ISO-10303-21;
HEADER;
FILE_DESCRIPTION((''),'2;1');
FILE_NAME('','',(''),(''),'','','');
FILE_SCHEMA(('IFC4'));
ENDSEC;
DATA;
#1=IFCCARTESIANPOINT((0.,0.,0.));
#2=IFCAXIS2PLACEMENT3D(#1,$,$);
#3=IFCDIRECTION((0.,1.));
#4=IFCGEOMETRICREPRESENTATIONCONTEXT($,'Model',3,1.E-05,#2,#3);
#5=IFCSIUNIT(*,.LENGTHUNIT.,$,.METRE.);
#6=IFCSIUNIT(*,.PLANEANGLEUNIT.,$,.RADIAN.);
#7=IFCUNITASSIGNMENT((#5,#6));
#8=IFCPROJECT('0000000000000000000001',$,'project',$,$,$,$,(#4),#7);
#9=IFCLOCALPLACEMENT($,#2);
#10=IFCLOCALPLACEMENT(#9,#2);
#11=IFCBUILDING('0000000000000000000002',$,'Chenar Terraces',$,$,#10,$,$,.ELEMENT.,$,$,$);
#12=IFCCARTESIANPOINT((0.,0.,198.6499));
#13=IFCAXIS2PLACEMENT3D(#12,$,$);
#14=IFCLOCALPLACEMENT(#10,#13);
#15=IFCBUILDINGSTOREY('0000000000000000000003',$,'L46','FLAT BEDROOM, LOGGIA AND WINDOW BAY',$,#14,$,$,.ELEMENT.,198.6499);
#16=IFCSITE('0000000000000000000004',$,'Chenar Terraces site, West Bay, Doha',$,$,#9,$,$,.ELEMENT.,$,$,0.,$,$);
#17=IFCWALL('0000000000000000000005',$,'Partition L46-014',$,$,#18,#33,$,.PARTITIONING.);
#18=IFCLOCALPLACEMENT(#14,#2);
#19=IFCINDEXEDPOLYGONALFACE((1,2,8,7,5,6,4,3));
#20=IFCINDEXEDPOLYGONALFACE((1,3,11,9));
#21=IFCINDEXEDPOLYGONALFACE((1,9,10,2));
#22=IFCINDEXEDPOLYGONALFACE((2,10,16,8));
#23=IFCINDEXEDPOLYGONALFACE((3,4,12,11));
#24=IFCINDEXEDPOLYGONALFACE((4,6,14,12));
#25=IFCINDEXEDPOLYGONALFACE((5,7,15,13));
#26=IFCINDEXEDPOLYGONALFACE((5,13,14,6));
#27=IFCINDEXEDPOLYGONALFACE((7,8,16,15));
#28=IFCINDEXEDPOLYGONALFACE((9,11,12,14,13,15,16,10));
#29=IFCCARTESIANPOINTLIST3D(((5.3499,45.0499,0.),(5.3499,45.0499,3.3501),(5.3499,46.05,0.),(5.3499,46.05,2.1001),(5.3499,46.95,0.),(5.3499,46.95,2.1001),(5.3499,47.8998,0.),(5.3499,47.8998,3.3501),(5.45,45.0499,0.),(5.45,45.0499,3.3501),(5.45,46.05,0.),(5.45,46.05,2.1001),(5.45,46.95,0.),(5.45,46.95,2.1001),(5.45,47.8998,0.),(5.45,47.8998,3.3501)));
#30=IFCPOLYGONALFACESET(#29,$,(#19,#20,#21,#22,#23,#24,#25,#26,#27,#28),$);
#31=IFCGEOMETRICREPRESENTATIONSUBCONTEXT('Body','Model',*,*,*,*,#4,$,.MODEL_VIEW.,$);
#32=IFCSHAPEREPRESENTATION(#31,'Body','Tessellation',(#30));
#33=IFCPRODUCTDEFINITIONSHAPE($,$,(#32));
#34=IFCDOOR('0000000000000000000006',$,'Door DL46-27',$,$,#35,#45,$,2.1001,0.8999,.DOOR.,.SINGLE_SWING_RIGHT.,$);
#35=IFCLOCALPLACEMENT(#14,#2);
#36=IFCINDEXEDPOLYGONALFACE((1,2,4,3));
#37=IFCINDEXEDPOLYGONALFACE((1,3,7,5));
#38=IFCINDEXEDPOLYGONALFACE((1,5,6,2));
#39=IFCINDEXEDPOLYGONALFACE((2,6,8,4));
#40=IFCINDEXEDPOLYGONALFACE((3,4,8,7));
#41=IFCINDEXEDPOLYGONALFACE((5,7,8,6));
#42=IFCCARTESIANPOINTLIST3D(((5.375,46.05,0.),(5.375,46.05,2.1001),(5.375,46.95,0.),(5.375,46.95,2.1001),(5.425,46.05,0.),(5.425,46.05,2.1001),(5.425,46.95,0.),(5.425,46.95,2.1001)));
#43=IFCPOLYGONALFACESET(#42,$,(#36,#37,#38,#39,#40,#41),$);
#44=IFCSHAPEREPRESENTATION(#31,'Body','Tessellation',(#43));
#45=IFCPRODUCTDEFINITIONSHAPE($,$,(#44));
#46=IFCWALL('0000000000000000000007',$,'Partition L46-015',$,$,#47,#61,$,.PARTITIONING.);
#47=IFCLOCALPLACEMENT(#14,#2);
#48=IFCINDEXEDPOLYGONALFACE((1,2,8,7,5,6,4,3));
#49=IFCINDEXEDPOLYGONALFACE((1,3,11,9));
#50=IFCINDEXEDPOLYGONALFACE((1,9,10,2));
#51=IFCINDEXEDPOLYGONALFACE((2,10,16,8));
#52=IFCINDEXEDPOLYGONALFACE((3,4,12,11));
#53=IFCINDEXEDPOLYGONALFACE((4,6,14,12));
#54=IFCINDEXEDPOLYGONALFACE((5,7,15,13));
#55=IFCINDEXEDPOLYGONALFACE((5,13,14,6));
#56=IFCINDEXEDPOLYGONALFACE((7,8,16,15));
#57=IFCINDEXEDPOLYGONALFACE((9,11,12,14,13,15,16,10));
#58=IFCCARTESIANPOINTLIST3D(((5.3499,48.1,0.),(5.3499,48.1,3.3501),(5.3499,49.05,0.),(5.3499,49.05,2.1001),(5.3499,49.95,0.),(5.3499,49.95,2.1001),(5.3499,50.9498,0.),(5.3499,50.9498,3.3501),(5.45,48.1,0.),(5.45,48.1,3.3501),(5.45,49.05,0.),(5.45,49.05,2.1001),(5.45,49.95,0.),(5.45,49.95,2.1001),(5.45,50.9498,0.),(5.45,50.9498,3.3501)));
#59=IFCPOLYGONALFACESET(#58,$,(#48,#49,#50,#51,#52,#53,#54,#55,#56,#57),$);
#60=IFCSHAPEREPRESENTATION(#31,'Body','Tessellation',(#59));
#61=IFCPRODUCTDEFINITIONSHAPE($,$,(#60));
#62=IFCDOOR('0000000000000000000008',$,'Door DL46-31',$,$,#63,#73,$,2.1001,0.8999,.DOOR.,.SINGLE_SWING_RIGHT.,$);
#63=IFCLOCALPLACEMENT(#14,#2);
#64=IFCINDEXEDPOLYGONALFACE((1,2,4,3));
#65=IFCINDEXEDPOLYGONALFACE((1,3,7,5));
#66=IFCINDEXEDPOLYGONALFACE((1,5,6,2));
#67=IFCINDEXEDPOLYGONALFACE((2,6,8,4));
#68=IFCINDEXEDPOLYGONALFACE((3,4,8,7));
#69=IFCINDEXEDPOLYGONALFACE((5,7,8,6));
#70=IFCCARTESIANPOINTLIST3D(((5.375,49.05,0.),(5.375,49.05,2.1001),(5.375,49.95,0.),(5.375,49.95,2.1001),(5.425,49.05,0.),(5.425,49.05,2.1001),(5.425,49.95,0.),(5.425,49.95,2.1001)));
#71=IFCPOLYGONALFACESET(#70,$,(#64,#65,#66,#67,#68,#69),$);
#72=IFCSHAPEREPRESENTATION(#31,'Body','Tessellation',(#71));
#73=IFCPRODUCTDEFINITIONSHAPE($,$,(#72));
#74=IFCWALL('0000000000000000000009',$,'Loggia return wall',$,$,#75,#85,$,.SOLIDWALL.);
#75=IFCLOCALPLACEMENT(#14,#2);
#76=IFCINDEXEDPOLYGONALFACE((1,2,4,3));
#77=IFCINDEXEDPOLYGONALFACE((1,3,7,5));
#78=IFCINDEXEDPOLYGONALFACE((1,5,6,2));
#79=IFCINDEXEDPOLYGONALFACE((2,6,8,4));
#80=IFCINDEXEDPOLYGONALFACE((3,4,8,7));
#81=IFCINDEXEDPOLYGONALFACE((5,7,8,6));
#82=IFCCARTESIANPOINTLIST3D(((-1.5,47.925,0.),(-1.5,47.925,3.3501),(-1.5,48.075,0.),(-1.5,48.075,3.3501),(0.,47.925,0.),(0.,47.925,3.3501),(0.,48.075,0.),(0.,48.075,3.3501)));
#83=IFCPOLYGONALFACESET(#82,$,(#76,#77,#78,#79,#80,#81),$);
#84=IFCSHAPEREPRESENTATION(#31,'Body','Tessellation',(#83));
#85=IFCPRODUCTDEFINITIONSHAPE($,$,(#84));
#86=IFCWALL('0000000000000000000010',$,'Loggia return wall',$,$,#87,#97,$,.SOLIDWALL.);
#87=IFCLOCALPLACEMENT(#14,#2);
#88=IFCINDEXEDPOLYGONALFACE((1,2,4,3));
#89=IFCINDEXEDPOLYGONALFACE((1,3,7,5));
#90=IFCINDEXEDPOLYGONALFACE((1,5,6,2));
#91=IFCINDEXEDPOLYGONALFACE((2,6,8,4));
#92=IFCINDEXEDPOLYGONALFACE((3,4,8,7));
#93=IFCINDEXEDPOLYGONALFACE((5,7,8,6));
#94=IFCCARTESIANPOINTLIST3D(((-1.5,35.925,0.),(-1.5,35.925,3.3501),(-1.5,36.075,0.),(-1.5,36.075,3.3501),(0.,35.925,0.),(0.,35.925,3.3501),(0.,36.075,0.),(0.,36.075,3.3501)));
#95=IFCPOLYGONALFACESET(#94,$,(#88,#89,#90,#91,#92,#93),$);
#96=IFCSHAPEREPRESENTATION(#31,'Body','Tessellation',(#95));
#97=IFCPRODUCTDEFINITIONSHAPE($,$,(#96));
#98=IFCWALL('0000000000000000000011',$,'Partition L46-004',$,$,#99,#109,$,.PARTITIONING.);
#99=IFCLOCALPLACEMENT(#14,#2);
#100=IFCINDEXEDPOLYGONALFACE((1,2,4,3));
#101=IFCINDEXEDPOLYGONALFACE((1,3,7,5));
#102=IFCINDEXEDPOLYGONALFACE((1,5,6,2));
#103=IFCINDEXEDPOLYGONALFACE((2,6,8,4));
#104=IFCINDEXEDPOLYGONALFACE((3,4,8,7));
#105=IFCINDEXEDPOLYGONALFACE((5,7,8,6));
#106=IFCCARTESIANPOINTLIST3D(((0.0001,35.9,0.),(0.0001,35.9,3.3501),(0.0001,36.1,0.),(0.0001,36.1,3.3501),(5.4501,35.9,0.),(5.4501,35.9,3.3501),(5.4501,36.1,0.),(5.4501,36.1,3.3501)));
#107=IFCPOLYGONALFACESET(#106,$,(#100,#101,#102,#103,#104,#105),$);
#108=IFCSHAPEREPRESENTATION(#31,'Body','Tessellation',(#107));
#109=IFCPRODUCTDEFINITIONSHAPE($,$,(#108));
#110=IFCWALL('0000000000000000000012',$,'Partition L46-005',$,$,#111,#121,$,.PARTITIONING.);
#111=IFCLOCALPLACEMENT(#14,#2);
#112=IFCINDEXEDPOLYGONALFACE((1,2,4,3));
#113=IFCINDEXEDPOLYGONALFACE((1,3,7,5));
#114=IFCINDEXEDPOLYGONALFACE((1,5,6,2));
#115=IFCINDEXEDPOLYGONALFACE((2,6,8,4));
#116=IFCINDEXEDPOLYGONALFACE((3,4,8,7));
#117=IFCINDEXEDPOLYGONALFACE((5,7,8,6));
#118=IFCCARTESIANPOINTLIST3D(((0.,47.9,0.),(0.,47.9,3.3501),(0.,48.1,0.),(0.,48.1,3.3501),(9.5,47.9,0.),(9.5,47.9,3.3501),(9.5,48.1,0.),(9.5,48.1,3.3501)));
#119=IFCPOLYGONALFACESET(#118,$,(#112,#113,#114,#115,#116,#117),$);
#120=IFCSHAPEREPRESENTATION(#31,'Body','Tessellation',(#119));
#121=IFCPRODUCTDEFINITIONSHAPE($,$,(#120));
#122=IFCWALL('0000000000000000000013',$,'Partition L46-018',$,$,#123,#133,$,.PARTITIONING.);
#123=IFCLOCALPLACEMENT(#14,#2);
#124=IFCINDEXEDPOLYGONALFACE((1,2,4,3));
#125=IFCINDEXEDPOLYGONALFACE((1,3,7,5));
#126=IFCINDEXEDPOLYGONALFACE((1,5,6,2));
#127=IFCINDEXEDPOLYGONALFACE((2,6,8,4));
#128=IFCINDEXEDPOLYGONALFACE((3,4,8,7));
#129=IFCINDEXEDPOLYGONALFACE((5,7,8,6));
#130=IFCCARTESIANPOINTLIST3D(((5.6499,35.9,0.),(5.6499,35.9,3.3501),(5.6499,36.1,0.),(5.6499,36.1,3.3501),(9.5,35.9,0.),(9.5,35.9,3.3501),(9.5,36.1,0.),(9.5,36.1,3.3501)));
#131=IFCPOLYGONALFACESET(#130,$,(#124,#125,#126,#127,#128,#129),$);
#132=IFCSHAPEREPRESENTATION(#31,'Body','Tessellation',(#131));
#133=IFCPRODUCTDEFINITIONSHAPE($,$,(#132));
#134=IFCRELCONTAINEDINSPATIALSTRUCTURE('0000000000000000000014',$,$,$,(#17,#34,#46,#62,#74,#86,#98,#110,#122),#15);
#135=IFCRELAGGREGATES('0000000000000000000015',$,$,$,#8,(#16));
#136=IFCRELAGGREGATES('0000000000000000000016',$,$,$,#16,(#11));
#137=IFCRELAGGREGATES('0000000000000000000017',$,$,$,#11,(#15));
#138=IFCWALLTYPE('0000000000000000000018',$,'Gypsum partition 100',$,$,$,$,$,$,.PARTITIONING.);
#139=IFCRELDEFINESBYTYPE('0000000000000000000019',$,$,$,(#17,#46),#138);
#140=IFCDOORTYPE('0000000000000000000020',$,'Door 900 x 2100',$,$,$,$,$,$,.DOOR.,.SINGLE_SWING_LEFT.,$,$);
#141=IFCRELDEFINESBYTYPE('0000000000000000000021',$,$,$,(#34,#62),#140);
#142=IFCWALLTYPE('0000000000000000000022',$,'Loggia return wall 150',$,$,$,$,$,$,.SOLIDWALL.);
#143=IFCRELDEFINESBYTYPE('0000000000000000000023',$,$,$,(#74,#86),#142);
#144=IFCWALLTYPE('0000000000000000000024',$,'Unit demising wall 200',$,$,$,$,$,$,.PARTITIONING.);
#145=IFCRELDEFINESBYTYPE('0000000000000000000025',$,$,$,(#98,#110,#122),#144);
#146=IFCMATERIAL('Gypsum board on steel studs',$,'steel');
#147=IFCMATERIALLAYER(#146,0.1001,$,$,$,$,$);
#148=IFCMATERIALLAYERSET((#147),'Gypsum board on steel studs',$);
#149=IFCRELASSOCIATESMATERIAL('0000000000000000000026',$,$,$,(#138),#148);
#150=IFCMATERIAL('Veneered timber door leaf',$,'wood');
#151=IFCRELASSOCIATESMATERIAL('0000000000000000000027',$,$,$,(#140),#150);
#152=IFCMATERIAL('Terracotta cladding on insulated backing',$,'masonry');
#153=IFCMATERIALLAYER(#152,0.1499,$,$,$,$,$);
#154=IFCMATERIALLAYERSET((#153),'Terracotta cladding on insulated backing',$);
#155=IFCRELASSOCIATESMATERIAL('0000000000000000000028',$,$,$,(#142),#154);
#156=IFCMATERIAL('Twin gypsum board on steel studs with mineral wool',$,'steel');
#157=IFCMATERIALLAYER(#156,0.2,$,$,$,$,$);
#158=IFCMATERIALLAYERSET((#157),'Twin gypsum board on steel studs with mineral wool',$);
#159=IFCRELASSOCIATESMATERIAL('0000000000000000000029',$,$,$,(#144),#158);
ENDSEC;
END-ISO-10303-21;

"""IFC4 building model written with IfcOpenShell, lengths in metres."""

from ifc_helpers import new_model, si_unit, direction, frame, frame_2d, origin, place, context, subcontext, project, spatial, rectangle, extrude, material, layer, layer_set, type_object, element, fill, save


model = new_model("IFC4")

# Units and contexts
model_context = context("Model", 3, precision=1e-05, world=origin(), true_north=direction((0.0, 1.0)))
body_context = subcontext(model_context, "Body", "Model", "MODEL_VIEW")
ifc_project = project(units=[si_unit("LENGTHUNIT", "METRE"), si_unit("PLANEANGLEUNIT", "RADIAN")], contexts=[model_context])

# Site, building, storey
site_placement = place(None, origin())
site = spatial("IfcSite", under=ifc_project, at=site_placement, Name="Chenar Terraces site, West Bay, Doha", CompositionType="ELEMENT", RefElevation=0.0)
building_placement = place(site_placement, origin())
building = spatial("IfcBuilding", under=site, at=building_placement, Name="Chenar Terraces", CompositionType="ELEMENT")
storey_placement = place(building_placement, frame((0.0, 0.0, 198.6499)))
storey = spatial("IfcBuildingStorey", under=building, at=storey_placement, Name="L46", Description="FLAT BEDROOM, LOGGIA AND WINDOW BAY", CompositionType="ELEMENT", Elevation=198.6499)

# Shared definitions
placement = place(storey_placement, frame((0.0, 36.0, 0.0), z_axis=(0.0, 0.0, 1.0), x_axis=(1.0, 0.0, 0.0)))

# Shared definitions
ifc_material_1 = material(Name="Gypsum board on steel studs", Category="steel")
ifc_layer_1 = layer(ifc_material_1, 0.1001)
ifc_layer_set_1 = layer_set([ifc_layer_1], Name="Gypsum board on steel studs")
wall_type_1 = type_object("IfcWallType", Name="Gypsum partition 100", PredefinedType="PARTITIONING", material=ifc_layer_set_1)

# Walls, openings, doors
ifc_material_2 = material(Name="Veneered timber door leaf", Category="wood")
door_type_1 = type_object("IfcDoorType", Name="Door 900 x 2100", OperationType="SINGLE_SWING_LEFT", PredefinedType="DOOR", material=ifc_material_2)
wall_1_placement = place(storey_placement, frame((5.3999, 45.05, 0.0), z_axis=(0.0, 0.0, 1.0), x_axis=(0.0, 1.0, 0.0)))
wall_1 = element("IfcWall", 1, at=wall_1_placement, inside=storey, type_object=wall_type_1, Name="Partition L46-014", PredefinedType="PARTITIONING", context=body_context, shape_type="SweptSolid", body=[
    extrude(rectangle(XDim=2.8499, YDim=0.1001, at=frame_2d((1.4248, 0.0))), origin(), (0.0, 0.0, 1.0), 3.3501),
])
opening_1_placement = place(wall_1_placement, frame((1.0, 0.0, 0.0)))
opening_1 = element("IfcOpeningElement", 2, at=opening_1_placement, cuts=wall_1, PredefinedType="OPENING", context=body_context, shape_type="SweptSolid", body=[
    extrude(rectangle(XDim=0.8999, YDim=2.1001, at=frame_2d((0.45, 1.05))), frame((0.0, 0.0601, 0.0), z_axis=(0.0, -1.0, 0.0), x_axis=(1.0, 0.0, 0.0)), (0.0, 0.0, 1.0), 0.1201),
])
door_1_placement = place(opening_1_placement, origin())
door_1 = element("IfcDoor", 3, at=door_1_placement, inside=storey, type_object=door_type_1, Name="Door DL46-27", OperationType="SINGLE_SWING_RIGHT", OverallHeight=2.1001, OverallWidth=0.8999, PredefinedType="DOOR", context=body_context, shape_type="SweptSolid", body=[
    extrude(rectangle(XDim=0.8999, YDim=2.1001, at=frame_2d((0.45, 1.05))), frame((0.0, 0.0249, 0.0), z_axis=(0.0, -1.0, 0.0), x_axis=(1.0, 0.0, 0.0)), (0.0, 0.0, 1.0), 0.05),
])
fill(opening_1, door_1)
wall_2_placement = place(storey_placement, frame((5.3999, 48.1001, 0.0), z_axis=(0.0, 0.0, 1.0), x_axis=(0.0, 1.0, 0.0)))
wall_2 = element("IfcWall", 4, at=wall_2_placement, inside=storey, type_object=wall_type_1, Name="Partition L46-015", PredefinedType="PARTITIONING", context=body_context, shape_type="SweptSolid", body=[
    extrude(rectangle(XDim=2.8499, YDim=0.1001, at=frame_2d((1.4248, 0.0))), origin(), (0.0, 0.0, 1.0), 3.3501),
])
opening_2_placement = place(wall_2_placement, frame((0.95, 0.0, 0.0)))
opening_2 = element("IfcOpeningElement", 5, at=opening_2_placement, cuts=wall_2, PredefinedType="OPENING", context=body_context, shape_type="SweptSolid", body=[
    extrude(rectangle(XDim=0.8999, YDim=2.1001, at=frame_2d((0.45, 1.05))), frame((0.0, 0.0601, 0.0), z_axis=(0.0, -1.0, 0.0), x_axis=(1.0, 0.0, 0.0)), (0.0, 0.0, 1.0), 0.1201),
])
door_2_placement = place(opening_2_placement, origin())
door_2 = element("IfcDoor", 6, at=door_2_placement, inside=storey, type_object=door_type_1, Name="Door DL46-31", OperationType="SINGLE_SWING_RIGHT", OverallHeight=2.1001, OverallWidth=0.8999, PredefinedType="DOOR", context=body_context, shape_type="SweptSolid", body=[
    extrude(rectangle(XDim=0.8999, YDim=2.1001, at=frame_2d((0.45, 1.05))), frame((0.0, 0.0249, 0.0), z_axis=(0.0, -1.0, 0.0), x_axis=(1.0, 0.0, 0.0)), (0.0, 0.0, 1.0), 0.05),
])
fill(opening_2, door_2)

# Walls
ifc_material_3 = material(Name="Terracotta cladding on insulated backing", Category="masonry")
ifc_layer_2 = layer(ifc_material_3, 0.1499)
ifc_layer_set_2 = layer_set([ifc_layer_2], Name="Terracotta cladding on insulated backing")
wall_type_2 = type_object("IfcWallType", Name="Loggia return wall 150", PredefinedType="SOLIDWALL", material=ifc_layer_set_2)
for number, where, z_axis, x_axis, name in (
    (7, (-1.5, 48.0, 0.0), (0.0, 0.0, 1.0), (1.0, 0.0, 0.0), "Loggia return wall"),
    (8, (-1.5, 36.0, 0.0), (0.0, 0.0, 1.0), (1.0, 0.0, 0.0), "Loggia return wall"),
):
    element("IfcWall", number, at=place(storey_placement, frame(where, z_axis=z_axis, x_axis=x_axis)), inside=storey, type_object=wall_type_2, Name=name, PredefinedType="SOLIDWALL", context=body_context, shape_type="SweptSolid", body=[
        extrude(rectangle(XDim=1.5, YDim=0.1499, at=frame_2d((0.75, 0.0))), origin(), (0.0, 0.0, 1.0), 3.3501),
    ])
ifc_material_4 = material(Name="Twin gypsum board on steel studs with mineral wool", Category="steel")
ifc_layer_3 = layer(ifc_material_4, 0.2)
ifc_layer_set_3 = layer_set([ifc_layer_3], Name="Twin gypsum board on steel studs with mineral wool")
wall_type_3 = type_object("IfcWallType", Name="Unit demising wall 200", PredefinedType="PARTITIONING", material=ifc_layer_set_3)
element("IfcWall", 9, at=placement, inside=storey, type_object=wall_type_3, Name="Partition L46-004", PredefinedType="PARTITIONING", context=body_context, shape_type="SweptSolid", body=[
    extrude(rectangle(XDim=5.45, YDim=0.2, at=frame_2d((2.7251, 0.0))), origin(), (0.0, 0.0, 1.0), 3.3501),
])
wall_3_placement = place(storey_placement, frame((0.0, 48.0, 0.0), z_axis=(0.0, 0.0, 1.0), x_axis=(1.0, 0.0, 0.0)))
element("IfcWall", 10, at=wall_3_placement, inside=storey, type_object=wall_type_3, Name="Partition L46-005", PredefinedType="PARTITIONING", context=body_context, shape_type="SweptSolid", body=[
    extrude(rectangle(XDim=9.5, YDim=0.2, at=frame_2d((4.75, 0.0))), origin(), (0.0, 0.0, 1.0), 3.3501),
])
wall_4_placement = place(storey_placement, frame((5.6499, 36.0, 0.0), z_axis=(0.0, 0.0, 1.0), x_axis=(1.0, 0.0, 0.0)))
element("IfcWall", 11, at=wall_4_placement, inside=storey, type_object=wall_type_3, Name="Partition L46-018", PredefinedType="PARTITIONING", context=body_context, shape_type="SweptSolid", body=[
    extrude(rectangle(XDim=3.8501, YDim=0.2, at=frame_2d((1.925, 0.0))), origin(), (0.0, 0.0, 1.0), 3.3501),
])

save(model, "model.ifc")
